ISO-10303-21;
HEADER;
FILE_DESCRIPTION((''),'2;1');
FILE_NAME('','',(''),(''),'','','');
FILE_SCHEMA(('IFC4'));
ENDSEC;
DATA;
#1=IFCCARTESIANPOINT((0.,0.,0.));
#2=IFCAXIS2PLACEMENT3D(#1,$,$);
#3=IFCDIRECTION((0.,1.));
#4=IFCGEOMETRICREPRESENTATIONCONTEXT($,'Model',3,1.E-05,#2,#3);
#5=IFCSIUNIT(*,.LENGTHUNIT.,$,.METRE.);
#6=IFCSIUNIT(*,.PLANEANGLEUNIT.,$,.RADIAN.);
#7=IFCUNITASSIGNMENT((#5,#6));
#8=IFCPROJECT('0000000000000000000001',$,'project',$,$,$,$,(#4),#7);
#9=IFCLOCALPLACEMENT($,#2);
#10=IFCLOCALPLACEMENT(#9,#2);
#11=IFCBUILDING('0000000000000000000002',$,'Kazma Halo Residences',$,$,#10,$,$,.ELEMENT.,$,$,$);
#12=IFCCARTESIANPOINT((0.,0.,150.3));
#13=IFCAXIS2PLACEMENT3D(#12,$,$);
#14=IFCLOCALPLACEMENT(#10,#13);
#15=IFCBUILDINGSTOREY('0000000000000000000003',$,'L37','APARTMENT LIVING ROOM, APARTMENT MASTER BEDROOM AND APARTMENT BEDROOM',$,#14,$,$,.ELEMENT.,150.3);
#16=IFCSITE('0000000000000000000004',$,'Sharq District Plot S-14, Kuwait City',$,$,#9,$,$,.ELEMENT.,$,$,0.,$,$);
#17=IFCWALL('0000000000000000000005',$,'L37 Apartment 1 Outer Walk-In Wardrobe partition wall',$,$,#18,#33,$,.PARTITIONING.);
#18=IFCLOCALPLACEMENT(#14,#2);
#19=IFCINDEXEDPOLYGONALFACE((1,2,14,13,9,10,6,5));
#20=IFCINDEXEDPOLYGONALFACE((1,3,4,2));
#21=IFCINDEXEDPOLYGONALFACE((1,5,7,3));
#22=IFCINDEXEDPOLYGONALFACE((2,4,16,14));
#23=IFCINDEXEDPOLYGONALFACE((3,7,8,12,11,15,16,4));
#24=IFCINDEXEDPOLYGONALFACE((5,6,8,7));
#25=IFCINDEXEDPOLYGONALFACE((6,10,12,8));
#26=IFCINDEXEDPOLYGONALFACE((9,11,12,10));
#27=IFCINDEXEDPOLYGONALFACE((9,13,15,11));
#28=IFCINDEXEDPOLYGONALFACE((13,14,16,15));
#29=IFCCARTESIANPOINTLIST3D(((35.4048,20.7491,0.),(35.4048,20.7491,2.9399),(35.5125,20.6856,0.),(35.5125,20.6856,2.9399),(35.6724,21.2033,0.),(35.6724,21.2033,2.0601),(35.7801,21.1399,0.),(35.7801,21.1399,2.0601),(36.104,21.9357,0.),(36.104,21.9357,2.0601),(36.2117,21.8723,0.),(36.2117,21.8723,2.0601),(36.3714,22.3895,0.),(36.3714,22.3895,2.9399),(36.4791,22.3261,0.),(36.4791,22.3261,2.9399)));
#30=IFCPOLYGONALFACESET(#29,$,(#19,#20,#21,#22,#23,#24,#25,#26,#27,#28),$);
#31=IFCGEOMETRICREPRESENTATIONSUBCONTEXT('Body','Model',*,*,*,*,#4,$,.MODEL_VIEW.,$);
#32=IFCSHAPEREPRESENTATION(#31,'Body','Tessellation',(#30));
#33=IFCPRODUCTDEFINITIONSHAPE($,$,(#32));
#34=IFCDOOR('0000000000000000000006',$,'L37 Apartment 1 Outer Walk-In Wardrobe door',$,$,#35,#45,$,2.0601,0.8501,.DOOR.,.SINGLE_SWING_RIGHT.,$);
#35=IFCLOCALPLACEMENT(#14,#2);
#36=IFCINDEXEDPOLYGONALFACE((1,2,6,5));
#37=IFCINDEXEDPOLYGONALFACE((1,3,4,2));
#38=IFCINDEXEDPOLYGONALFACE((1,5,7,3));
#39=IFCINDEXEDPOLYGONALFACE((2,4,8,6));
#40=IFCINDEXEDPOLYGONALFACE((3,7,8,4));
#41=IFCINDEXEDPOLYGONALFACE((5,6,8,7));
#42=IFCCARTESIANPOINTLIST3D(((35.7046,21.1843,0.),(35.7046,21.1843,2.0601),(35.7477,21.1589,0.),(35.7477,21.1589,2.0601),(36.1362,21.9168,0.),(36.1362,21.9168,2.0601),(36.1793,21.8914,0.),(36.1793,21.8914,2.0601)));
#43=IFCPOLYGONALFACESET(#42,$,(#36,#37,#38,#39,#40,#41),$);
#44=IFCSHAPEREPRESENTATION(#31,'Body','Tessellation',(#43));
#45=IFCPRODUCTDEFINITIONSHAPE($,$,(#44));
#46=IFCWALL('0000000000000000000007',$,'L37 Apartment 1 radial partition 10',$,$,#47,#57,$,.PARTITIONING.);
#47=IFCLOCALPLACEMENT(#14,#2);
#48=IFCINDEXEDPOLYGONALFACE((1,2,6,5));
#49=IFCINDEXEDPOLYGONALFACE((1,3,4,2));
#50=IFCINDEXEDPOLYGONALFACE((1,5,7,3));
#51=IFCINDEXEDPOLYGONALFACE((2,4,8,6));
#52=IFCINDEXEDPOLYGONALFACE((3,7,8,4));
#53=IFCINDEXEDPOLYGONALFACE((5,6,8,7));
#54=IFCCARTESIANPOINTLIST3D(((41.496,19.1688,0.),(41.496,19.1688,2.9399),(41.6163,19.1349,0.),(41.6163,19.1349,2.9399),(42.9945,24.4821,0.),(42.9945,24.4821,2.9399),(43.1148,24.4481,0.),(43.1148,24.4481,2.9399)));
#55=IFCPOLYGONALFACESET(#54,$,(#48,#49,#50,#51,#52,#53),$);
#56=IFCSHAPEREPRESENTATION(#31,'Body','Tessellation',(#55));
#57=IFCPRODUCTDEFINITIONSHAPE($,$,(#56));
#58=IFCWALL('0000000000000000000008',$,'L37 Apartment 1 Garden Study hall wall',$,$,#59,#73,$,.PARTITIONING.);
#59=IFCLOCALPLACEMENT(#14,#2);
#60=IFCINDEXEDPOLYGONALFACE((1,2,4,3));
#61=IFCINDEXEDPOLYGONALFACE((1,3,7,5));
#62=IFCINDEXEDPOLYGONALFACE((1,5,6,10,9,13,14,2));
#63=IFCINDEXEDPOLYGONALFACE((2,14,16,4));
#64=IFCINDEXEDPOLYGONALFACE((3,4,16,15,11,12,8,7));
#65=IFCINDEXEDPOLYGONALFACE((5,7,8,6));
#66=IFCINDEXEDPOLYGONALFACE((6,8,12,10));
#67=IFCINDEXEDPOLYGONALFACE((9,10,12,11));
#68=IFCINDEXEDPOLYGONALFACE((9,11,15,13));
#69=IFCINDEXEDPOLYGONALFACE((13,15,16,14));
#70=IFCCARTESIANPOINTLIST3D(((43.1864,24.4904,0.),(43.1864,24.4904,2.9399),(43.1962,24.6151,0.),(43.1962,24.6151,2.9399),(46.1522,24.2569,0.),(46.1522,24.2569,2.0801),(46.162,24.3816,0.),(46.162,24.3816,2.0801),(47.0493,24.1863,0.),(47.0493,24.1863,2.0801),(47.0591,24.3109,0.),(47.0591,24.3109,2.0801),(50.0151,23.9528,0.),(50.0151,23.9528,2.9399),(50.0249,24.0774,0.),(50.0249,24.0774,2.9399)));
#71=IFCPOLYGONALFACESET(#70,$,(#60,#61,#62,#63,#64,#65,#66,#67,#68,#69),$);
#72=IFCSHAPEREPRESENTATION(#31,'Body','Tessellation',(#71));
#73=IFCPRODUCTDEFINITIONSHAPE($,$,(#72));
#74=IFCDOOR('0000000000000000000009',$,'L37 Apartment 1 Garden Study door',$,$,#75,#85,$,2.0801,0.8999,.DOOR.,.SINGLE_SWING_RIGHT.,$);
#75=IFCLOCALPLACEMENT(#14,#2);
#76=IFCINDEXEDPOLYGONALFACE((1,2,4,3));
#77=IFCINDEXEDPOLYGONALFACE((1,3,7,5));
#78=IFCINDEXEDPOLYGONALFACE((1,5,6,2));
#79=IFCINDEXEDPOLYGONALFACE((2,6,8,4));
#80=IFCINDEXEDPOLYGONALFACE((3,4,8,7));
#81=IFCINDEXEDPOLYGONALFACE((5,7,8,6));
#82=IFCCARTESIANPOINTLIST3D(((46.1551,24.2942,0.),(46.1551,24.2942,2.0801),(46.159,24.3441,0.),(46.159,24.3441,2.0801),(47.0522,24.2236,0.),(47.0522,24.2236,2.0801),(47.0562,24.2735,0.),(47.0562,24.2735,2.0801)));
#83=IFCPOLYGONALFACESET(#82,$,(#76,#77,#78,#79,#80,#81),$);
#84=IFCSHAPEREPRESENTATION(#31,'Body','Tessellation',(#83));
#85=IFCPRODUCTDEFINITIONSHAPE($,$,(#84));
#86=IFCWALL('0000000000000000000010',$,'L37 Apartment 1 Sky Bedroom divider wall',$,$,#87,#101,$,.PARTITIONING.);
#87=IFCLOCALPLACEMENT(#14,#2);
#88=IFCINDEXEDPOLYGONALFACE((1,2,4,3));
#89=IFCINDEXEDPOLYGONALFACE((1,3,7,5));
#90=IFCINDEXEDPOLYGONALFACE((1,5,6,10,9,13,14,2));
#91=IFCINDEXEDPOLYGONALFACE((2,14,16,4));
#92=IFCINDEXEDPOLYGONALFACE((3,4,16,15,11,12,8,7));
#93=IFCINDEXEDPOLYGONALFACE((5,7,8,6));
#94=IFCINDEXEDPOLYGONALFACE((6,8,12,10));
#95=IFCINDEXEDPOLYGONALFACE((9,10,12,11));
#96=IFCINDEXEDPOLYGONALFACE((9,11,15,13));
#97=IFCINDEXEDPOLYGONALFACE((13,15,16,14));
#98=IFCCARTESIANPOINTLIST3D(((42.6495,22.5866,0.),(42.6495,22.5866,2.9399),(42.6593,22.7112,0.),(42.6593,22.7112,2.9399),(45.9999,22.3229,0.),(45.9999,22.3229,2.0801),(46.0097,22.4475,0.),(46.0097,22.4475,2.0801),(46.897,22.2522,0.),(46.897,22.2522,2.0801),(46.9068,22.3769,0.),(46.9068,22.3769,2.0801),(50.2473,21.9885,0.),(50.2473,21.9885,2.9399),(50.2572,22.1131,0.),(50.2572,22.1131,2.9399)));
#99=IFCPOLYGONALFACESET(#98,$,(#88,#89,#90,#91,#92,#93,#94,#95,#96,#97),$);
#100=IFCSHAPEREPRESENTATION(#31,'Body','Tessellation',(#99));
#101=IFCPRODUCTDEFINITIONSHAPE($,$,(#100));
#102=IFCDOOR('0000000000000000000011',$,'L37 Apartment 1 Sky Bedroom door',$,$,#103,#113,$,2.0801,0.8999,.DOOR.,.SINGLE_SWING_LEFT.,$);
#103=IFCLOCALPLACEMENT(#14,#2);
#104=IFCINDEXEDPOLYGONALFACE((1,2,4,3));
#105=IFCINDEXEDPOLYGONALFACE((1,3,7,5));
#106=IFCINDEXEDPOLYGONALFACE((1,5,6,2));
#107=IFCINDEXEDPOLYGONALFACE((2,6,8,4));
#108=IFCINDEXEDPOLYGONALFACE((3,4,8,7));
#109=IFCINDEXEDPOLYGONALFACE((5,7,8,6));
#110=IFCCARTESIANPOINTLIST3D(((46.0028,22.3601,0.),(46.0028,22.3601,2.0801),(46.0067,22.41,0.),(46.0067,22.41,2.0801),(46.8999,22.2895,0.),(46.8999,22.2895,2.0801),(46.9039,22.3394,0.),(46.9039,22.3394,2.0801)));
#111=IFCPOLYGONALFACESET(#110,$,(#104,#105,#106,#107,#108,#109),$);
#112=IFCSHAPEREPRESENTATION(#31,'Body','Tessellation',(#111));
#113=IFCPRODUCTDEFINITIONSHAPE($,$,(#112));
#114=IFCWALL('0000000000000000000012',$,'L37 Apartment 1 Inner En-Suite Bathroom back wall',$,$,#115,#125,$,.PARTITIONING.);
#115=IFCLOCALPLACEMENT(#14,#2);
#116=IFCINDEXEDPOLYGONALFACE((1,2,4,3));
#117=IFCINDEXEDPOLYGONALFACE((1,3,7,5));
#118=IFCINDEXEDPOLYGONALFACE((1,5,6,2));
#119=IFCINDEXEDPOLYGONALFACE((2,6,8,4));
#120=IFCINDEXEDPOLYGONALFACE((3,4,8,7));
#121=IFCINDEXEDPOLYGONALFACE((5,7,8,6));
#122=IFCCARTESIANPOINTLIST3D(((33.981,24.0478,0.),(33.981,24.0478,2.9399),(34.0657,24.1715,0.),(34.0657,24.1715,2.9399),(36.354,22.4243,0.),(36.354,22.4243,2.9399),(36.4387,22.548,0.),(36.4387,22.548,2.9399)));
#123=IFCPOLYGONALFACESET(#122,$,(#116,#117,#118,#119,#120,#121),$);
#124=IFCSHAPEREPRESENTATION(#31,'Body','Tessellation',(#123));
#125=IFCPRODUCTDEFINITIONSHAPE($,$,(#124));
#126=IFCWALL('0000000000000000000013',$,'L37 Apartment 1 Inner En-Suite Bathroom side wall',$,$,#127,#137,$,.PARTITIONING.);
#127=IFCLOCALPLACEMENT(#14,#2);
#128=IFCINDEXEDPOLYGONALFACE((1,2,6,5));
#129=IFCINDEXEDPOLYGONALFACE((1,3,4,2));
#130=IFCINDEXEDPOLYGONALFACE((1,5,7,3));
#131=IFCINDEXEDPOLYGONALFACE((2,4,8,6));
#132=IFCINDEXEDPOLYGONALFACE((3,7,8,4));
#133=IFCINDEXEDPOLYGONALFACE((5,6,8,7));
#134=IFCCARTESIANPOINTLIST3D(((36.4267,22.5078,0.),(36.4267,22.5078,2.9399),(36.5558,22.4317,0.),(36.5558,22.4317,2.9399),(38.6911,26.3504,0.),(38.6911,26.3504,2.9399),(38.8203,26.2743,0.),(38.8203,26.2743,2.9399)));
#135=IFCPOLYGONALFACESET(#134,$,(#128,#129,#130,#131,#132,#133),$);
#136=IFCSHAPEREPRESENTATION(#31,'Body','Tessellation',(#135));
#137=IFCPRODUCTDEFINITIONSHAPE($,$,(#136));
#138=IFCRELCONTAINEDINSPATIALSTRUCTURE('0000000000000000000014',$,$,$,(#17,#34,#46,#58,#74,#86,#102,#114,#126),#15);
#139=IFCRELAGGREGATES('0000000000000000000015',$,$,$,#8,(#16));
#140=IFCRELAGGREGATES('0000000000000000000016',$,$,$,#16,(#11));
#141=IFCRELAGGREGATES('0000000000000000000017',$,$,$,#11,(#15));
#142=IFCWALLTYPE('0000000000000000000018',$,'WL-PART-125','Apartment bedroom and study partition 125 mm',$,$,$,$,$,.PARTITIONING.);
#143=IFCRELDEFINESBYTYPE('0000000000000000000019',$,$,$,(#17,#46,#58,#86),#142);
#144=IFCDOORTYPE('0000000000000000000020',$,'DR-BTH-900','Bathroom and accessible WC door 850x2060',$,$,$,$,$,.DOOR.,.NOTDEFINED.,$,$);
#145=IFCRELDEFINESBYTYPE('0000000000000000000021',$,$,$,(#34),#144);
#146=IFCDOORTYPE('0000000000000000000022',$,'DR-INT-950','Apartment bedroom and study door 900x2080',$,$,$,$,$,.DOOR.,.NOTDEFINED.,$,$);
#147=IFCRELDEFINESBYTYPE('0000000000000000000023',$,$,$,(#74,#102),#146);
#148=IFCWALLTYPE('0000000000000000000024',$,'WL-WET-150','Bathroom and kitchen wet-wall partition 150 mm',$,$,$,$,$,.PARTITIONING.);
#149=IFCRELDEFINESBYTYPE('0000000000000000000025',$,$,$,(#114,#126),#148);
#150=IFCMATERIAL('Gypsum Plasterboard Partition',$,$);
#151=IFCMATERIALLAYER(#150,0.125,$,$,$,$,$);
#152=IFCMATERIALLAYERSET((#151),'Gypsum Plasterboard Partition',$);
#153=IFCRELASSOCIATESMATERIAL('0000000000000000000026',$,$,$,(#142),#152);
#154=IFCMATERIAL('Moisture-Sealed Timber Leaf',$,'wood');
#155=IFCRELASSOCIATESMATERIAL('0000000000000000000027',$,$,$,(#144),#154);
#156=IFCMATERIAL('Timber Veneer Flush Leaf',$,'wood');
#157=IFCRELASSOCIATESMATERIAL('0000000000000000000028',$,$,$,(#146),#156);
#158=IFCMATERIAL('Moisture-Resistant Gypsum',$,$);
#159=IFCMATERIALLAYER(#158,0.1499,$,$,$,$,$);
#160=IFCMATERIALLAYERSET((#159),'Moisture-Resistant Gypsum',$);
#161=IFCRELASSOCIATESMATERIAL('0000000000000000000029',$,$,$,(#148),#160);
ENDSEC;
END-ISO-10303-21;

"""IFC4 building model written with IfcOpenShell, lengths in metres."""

from ifc_helpers import new_model, si_unit, direction, frame, frame_2d, origin, place, context, subcontext, project, spatial, rectangle, extrude, material, layer, layer_set, type_object, element, fill, save


model = new_model("IFC4")

# Units and contexts
model_context = context("Model", 3, precision=1e-05, world=origin(), true_north=direction((0.0, 1.0)))
body_context = subcontext(model_context, "Body", "Model", "MODEL_VIEW")
ifc_project = project(units=[si_unit("LENGTHUNIT", "METRE"), si_unit("PLANEANGLEUNIT", "RADIAN")], contexts=[model_context])

# Site, building, storey
site_placement = place(None, origin())
site = spatial("IfcSite", under=ifc_project, at=site_placement, Name="Sharq District Plot S-14, Kuwait City", CompositionType="ELEMENT", RefElevation=0.0)
building_placement = place(site_placement, origin())
building = spatial("IfcBuilding", under=site, at=building_placement, Name="Kazma Halo Residences", CompositionType="ELEMENT")
storey_placement = place(building_placement, frame((0.0, 0.0, 150.3)))
storey = spatial("IfcBuildingStorey", under=building, at=storey_placement, Name="L37", Description="APARTMENT LIVING ROOM, APARTMENT MASTER BEDROOM AND APARTMENT BEDROOM", CompositionType="ELEMENT", Elevation=150.3)

# Wall, opening, door
ifc_material_1 = material(Name="Gypsum Plasterboard Partition")
ifc_layer_1 = layer(ifc_material_1, 0.125)
ifc_layer_set_1 = layer_set([ifc_layer_1], Name="Gypsum Plasterboard Partition")
wall_type_1 = type_object("IfcWallType", Name="WL-PART-125", Description="Apartment bedroom and study partition 125 mm", PredefinedType="PARTITIONING", material=ifc_layer_set_1)
wall_1_placement = place(storey_placement, frame((36.4253, 22.3579, 0.0), z_axis=(0.0, 0.0, 1.0), x_axis=(-0.507653, -0.861561, 0.0)))
wall_1 = element("IfcWall", 1, at=wall_1_placement, inside=storey, type_object=wall_type_1, Name="L37 Apartment 1 Outer Walk-In Wardrobe partition wall", PredefinedType="PARTITIONING", context=body_context, shape_type="SweptSolid", body=[
    extrude(rectangle(XDim=1.9041, YDim=0.125, at=frame_2d((0.9521, 0.0))), origin(), (0.0, 0.0, 1.0), 2.9399),
])
opening_1_placement = place(wall_1_placement, frame((0.5269, 0.0, 0.0)))
opening_1 = element("IfcOpeningElement", 2, at=opening_1_placement, cuts=wall_1, PredefinedType="OPENING", context=body_context, shape_type="SweptSolid", body=[
    extrude(rectangle(XDim=0.8501, YDim=2.0601, at=frame_2d((0.425, 1.03))), frame((0.0, 0.0725, 0.0), z_axis=(0.0, -1.0, 0.0), x_axis=(1.0, 0.0, 0.0)), (0.0, 0.0, 1.0), 0.145),
])
ifc_material_2 = material(Name="Moisture-Sealed Timber Leaf", Category="wood")
door_type_1 = type_object("IfcDoorType", Name="DR-BTH-900", Description="Bathroom and accessible WC door 850x2060", OperationType="NOTDEFINED", PredefinedType="DOOR", material=ifc_material_2)
door_1_placement = place(opening_1_placement, origin())
door_1 = element("IfcDoor", 3, at=door_1_placement, inside=storey, type_object=door_type_1, Name="L37 Apartment 1 Outer Walk-In Wardrobe door", OperationType="SINGLE_SWING_RIGHT", OverallHeight=2.0601, OverallWidth=0.8501, PredefinedType="DOOR", context=body_context, shape_type="SweptSolid", body=[
    extrude(rectangle(XDim=0.8501, YDim=2.0601, at=frame_2d((0.425, 1.03))), frame((0.0, 0.0249, 0.0), z_axis=(0.0, -1.0, 0.0), x_axis=(1.0, 0.0, 0.0)), (0.0, 0.0, 1.0), 0.05),
])
fill(opening_1, door_1)

# Wall
wall_2_placement = place(storey_placement, frame((43.0547, 24.4651, 0.0), z_axis=(0.0, 0.0, 1.0), x_axis=(-0.271449, -0.962453, 0.0)))
element("IfcWall", 4, at=wall_2_placement, inside=storey, type_object=wall_type_1, Name="L37 Apartment 1 radial partition 10", PredefinedType="PARTITIONING", context=body_context, shape_type="SweptSolid", body=[
    extrude(rectangle(XDim=5.5205, YDim=0.125, at=frame_2d((2.7603, 0.0))), origin(), (0.0, 0.0, 1.0), 2.9399),
])

# Walls, openings, doors
wall_3_placement = place(storey_placement, frame((43.1914, 24.5527, 0.0), z_axis=(0.0, 0.0, 1.0), x_axis=(0.996915, -0.078484, 0.0)))
wall_3 = element("IfcWall", 5, at=wall_3_placement, inside=storey, type_object=wall_type_1, Name="L37 Apartment 1 Garden Study hall wall", PredefinedType="PARTITIONING", context=body_context, shape_type="SweptSolid", body=[
    extrude(rectangle(XDim=6.8499, YDim=0.125, at=frame_2d((3.4248, 0.0))), origin(), (0.0, 0.0, 1.0), 2.9399),
])
opening_2_placement = place(wall_3_placement, frame((2.9749, 0.0, 0.0)))
opening_2 = element("IfcOpeningElement", 6, at=opening_2_placement, cuts=wall_3, PredefinedType="OPENING", context=body_context, shape_type="SweptSolid", body=[
    extrude(rectangle(XDim=0.8999, YDim=2.0801, at=frame_2d((0.45, 1.04))), frame((0.0, 0.0725, 0.0), z_axis=(0.0, -1.0, 0.0), x_axis=(1.0, 0.0, 0.0)), (0.0, 0.0, 1.0), 0.145),
])
ifc_material_3 = material(Name="Timber Veneer Flush Leaf", Category="wood")
door_type_2 = type_object("IfcDoorType", Name="DR-INT-950", Description="Apartment bedroom and study door 900x2080", OperationType="NOTDEFINED", PredefinedType="DOOR", material=ifc_material_3)
door_2_placement = place(opening_2_placement, origin())
door_2 = element("IfcDoor", 7, at=door_2_placement, inside=storey, type_object=door_type_2, Name="L37 Apartment 1 Garden Study door", OperationType="SINGLE_SWING_RIGHT", OverallHeight=2.0801, OverallWidth=0.8999, PredefinedType="DOOR", context=body_context, shape_type="SweptSolid", body=[
    extrude(rectangle(XDim=0.8999, YDim=2.0801, at=frame_2d((0.45, 1.04))), frame((0.0, 0.0249, 0.0), z_axis=(0.0, -1.0, 0.0), x_axis=(1.0, 0.0, 0.0)), (0.0, 0.0, 1.0), 0.05),
])
fill(opening_2, door_2)
wall_4_placement = place(storey_placement, frame((42.6545, 22.6489, 0.0), z_axis=(0.0, 0.0, 1.0), x_axis=(0.996916, -0.078482, 0.0)))
wall_4 = element("IfcWall", 8, at=wall_4_placement, inside=storey, type_object=wall_type_1, Name="L37 Apartment 1 Sky Bedroom divider wall", PredefinedType="PARTITIONING", context=body_context, shape_type="SweptSolid", body=[
    extrude(rectangle(XDim=7.6213, YDim=0.125, at=frame_2d((3.8105, 0.0))), origin(), (0.0, 0.0, 1.0), 2.9399),
])
opening_3_placement = place(wall_4_placement, frame((3.3606, 0.0, 0.0)))
opening_3 = element("IfcOpeningElement", 9, at=opening_3_placement, cuts=wall_4, PredefinedType="OPENING", context=body_context, shape_type="SweptSolid", body=[
    extrude(rectangle(XDim=0.8999, YDim=2.0801, at=frame_2d((0.45, 1.04))), frame((0.0, 0.0725, 0.0), z_axis=(0.0, -1.0, 0.0), x_axis=(1.0, 0.0, 0.0)), (0.0, 0.0, 1.0), 0.145),
])
door_3_placement = place(opening_3_placement, origin())
door_3 = element("IfcDoor", 10, at=door_3_placement, inside=storey, type_object=door_type_2, Name="L37 Apartment 1 Sky Bedroom door", OperationType="SINGLE_SWING_LEFT", OverallHeight=2.0801, OverallWidth=0.8999, PredefinedType="DOOR", context=body_context, shape_type="SweptSolid", body=[
    extrude(rectangle(XDim=0.8999, YDim=2.0801, at=frame_2d((0.45, 1.04))), frame((0.0, 0.0249, 0.0), z_axis=(0.0, -1.0, 0.0), x_axis=(1.0, 0.0, 0.0)), (0.0, 0.0, 1.0), 0.05),
])
fill(opening_3, door_3)

# Walls
ifc_material_4 = material(Name="Moisture-Resistant Gypsum")
ifc_layer_2 = layer(ifc_material_4, 0.1499)
ifc_layer_set_2 = layer_set([ifc_layer_2], Name="Moisture-Resistant Gypsum")
wall_type_2 = type_object("IfcWallType", Name="WL-WET-150", Description="Bathroom and kitchen wet-wall partition 150 mm", PredefinedType="PARTITIONING", material=ifc_layer_set_2)
wall_5_placement = place(storey_placement, frame((34.0234, 24.1096, 0.0), z_axis=(0.0, 0.0, 1.0), x_axis=(0.825328, -0.564653, 0.0)))
element("IfcWall", 11, at=wall_5_placement, inside=storey, type_object=wall_type_2, Name="L37 Apartment 1 Inner En-Suite Bathroom back wall", PredefinedType="PARTITIONING", context=body_context, shape_type="SweptSolid", body=[
    extrude(rectangle(XDim=2.8752, YDim=0.1499, at=frame_2d((1.4375, 0.0))), origin(), (0.0, 0.0, 1.0), 2.9399),
])
wall_6_placement = place(storey_placement, frame((38.7556, 26.3123, 0.0), z_axis=(0.0, 0.0, 1.0), x_axis=(-0.507702, -0.861533, 0.0)))
element("IfcWall", 12, at=wall_6_placement, inside=storey, type_object=wall_type_2, Name="L37 Apartment 1 Inner En-Suite Bathroom side wall", PredefinedType="PARTITIONING", context=body_context, shape_type="SweptSolid", body=[
    extrude(rectangle(XDim=4.4602, YDim=0.1499, at=frame_2d((2.23, 0.0))), origin(), (0.0, 0.0, 1.0), 2.9399),
])

save(model, "model.ifc")
